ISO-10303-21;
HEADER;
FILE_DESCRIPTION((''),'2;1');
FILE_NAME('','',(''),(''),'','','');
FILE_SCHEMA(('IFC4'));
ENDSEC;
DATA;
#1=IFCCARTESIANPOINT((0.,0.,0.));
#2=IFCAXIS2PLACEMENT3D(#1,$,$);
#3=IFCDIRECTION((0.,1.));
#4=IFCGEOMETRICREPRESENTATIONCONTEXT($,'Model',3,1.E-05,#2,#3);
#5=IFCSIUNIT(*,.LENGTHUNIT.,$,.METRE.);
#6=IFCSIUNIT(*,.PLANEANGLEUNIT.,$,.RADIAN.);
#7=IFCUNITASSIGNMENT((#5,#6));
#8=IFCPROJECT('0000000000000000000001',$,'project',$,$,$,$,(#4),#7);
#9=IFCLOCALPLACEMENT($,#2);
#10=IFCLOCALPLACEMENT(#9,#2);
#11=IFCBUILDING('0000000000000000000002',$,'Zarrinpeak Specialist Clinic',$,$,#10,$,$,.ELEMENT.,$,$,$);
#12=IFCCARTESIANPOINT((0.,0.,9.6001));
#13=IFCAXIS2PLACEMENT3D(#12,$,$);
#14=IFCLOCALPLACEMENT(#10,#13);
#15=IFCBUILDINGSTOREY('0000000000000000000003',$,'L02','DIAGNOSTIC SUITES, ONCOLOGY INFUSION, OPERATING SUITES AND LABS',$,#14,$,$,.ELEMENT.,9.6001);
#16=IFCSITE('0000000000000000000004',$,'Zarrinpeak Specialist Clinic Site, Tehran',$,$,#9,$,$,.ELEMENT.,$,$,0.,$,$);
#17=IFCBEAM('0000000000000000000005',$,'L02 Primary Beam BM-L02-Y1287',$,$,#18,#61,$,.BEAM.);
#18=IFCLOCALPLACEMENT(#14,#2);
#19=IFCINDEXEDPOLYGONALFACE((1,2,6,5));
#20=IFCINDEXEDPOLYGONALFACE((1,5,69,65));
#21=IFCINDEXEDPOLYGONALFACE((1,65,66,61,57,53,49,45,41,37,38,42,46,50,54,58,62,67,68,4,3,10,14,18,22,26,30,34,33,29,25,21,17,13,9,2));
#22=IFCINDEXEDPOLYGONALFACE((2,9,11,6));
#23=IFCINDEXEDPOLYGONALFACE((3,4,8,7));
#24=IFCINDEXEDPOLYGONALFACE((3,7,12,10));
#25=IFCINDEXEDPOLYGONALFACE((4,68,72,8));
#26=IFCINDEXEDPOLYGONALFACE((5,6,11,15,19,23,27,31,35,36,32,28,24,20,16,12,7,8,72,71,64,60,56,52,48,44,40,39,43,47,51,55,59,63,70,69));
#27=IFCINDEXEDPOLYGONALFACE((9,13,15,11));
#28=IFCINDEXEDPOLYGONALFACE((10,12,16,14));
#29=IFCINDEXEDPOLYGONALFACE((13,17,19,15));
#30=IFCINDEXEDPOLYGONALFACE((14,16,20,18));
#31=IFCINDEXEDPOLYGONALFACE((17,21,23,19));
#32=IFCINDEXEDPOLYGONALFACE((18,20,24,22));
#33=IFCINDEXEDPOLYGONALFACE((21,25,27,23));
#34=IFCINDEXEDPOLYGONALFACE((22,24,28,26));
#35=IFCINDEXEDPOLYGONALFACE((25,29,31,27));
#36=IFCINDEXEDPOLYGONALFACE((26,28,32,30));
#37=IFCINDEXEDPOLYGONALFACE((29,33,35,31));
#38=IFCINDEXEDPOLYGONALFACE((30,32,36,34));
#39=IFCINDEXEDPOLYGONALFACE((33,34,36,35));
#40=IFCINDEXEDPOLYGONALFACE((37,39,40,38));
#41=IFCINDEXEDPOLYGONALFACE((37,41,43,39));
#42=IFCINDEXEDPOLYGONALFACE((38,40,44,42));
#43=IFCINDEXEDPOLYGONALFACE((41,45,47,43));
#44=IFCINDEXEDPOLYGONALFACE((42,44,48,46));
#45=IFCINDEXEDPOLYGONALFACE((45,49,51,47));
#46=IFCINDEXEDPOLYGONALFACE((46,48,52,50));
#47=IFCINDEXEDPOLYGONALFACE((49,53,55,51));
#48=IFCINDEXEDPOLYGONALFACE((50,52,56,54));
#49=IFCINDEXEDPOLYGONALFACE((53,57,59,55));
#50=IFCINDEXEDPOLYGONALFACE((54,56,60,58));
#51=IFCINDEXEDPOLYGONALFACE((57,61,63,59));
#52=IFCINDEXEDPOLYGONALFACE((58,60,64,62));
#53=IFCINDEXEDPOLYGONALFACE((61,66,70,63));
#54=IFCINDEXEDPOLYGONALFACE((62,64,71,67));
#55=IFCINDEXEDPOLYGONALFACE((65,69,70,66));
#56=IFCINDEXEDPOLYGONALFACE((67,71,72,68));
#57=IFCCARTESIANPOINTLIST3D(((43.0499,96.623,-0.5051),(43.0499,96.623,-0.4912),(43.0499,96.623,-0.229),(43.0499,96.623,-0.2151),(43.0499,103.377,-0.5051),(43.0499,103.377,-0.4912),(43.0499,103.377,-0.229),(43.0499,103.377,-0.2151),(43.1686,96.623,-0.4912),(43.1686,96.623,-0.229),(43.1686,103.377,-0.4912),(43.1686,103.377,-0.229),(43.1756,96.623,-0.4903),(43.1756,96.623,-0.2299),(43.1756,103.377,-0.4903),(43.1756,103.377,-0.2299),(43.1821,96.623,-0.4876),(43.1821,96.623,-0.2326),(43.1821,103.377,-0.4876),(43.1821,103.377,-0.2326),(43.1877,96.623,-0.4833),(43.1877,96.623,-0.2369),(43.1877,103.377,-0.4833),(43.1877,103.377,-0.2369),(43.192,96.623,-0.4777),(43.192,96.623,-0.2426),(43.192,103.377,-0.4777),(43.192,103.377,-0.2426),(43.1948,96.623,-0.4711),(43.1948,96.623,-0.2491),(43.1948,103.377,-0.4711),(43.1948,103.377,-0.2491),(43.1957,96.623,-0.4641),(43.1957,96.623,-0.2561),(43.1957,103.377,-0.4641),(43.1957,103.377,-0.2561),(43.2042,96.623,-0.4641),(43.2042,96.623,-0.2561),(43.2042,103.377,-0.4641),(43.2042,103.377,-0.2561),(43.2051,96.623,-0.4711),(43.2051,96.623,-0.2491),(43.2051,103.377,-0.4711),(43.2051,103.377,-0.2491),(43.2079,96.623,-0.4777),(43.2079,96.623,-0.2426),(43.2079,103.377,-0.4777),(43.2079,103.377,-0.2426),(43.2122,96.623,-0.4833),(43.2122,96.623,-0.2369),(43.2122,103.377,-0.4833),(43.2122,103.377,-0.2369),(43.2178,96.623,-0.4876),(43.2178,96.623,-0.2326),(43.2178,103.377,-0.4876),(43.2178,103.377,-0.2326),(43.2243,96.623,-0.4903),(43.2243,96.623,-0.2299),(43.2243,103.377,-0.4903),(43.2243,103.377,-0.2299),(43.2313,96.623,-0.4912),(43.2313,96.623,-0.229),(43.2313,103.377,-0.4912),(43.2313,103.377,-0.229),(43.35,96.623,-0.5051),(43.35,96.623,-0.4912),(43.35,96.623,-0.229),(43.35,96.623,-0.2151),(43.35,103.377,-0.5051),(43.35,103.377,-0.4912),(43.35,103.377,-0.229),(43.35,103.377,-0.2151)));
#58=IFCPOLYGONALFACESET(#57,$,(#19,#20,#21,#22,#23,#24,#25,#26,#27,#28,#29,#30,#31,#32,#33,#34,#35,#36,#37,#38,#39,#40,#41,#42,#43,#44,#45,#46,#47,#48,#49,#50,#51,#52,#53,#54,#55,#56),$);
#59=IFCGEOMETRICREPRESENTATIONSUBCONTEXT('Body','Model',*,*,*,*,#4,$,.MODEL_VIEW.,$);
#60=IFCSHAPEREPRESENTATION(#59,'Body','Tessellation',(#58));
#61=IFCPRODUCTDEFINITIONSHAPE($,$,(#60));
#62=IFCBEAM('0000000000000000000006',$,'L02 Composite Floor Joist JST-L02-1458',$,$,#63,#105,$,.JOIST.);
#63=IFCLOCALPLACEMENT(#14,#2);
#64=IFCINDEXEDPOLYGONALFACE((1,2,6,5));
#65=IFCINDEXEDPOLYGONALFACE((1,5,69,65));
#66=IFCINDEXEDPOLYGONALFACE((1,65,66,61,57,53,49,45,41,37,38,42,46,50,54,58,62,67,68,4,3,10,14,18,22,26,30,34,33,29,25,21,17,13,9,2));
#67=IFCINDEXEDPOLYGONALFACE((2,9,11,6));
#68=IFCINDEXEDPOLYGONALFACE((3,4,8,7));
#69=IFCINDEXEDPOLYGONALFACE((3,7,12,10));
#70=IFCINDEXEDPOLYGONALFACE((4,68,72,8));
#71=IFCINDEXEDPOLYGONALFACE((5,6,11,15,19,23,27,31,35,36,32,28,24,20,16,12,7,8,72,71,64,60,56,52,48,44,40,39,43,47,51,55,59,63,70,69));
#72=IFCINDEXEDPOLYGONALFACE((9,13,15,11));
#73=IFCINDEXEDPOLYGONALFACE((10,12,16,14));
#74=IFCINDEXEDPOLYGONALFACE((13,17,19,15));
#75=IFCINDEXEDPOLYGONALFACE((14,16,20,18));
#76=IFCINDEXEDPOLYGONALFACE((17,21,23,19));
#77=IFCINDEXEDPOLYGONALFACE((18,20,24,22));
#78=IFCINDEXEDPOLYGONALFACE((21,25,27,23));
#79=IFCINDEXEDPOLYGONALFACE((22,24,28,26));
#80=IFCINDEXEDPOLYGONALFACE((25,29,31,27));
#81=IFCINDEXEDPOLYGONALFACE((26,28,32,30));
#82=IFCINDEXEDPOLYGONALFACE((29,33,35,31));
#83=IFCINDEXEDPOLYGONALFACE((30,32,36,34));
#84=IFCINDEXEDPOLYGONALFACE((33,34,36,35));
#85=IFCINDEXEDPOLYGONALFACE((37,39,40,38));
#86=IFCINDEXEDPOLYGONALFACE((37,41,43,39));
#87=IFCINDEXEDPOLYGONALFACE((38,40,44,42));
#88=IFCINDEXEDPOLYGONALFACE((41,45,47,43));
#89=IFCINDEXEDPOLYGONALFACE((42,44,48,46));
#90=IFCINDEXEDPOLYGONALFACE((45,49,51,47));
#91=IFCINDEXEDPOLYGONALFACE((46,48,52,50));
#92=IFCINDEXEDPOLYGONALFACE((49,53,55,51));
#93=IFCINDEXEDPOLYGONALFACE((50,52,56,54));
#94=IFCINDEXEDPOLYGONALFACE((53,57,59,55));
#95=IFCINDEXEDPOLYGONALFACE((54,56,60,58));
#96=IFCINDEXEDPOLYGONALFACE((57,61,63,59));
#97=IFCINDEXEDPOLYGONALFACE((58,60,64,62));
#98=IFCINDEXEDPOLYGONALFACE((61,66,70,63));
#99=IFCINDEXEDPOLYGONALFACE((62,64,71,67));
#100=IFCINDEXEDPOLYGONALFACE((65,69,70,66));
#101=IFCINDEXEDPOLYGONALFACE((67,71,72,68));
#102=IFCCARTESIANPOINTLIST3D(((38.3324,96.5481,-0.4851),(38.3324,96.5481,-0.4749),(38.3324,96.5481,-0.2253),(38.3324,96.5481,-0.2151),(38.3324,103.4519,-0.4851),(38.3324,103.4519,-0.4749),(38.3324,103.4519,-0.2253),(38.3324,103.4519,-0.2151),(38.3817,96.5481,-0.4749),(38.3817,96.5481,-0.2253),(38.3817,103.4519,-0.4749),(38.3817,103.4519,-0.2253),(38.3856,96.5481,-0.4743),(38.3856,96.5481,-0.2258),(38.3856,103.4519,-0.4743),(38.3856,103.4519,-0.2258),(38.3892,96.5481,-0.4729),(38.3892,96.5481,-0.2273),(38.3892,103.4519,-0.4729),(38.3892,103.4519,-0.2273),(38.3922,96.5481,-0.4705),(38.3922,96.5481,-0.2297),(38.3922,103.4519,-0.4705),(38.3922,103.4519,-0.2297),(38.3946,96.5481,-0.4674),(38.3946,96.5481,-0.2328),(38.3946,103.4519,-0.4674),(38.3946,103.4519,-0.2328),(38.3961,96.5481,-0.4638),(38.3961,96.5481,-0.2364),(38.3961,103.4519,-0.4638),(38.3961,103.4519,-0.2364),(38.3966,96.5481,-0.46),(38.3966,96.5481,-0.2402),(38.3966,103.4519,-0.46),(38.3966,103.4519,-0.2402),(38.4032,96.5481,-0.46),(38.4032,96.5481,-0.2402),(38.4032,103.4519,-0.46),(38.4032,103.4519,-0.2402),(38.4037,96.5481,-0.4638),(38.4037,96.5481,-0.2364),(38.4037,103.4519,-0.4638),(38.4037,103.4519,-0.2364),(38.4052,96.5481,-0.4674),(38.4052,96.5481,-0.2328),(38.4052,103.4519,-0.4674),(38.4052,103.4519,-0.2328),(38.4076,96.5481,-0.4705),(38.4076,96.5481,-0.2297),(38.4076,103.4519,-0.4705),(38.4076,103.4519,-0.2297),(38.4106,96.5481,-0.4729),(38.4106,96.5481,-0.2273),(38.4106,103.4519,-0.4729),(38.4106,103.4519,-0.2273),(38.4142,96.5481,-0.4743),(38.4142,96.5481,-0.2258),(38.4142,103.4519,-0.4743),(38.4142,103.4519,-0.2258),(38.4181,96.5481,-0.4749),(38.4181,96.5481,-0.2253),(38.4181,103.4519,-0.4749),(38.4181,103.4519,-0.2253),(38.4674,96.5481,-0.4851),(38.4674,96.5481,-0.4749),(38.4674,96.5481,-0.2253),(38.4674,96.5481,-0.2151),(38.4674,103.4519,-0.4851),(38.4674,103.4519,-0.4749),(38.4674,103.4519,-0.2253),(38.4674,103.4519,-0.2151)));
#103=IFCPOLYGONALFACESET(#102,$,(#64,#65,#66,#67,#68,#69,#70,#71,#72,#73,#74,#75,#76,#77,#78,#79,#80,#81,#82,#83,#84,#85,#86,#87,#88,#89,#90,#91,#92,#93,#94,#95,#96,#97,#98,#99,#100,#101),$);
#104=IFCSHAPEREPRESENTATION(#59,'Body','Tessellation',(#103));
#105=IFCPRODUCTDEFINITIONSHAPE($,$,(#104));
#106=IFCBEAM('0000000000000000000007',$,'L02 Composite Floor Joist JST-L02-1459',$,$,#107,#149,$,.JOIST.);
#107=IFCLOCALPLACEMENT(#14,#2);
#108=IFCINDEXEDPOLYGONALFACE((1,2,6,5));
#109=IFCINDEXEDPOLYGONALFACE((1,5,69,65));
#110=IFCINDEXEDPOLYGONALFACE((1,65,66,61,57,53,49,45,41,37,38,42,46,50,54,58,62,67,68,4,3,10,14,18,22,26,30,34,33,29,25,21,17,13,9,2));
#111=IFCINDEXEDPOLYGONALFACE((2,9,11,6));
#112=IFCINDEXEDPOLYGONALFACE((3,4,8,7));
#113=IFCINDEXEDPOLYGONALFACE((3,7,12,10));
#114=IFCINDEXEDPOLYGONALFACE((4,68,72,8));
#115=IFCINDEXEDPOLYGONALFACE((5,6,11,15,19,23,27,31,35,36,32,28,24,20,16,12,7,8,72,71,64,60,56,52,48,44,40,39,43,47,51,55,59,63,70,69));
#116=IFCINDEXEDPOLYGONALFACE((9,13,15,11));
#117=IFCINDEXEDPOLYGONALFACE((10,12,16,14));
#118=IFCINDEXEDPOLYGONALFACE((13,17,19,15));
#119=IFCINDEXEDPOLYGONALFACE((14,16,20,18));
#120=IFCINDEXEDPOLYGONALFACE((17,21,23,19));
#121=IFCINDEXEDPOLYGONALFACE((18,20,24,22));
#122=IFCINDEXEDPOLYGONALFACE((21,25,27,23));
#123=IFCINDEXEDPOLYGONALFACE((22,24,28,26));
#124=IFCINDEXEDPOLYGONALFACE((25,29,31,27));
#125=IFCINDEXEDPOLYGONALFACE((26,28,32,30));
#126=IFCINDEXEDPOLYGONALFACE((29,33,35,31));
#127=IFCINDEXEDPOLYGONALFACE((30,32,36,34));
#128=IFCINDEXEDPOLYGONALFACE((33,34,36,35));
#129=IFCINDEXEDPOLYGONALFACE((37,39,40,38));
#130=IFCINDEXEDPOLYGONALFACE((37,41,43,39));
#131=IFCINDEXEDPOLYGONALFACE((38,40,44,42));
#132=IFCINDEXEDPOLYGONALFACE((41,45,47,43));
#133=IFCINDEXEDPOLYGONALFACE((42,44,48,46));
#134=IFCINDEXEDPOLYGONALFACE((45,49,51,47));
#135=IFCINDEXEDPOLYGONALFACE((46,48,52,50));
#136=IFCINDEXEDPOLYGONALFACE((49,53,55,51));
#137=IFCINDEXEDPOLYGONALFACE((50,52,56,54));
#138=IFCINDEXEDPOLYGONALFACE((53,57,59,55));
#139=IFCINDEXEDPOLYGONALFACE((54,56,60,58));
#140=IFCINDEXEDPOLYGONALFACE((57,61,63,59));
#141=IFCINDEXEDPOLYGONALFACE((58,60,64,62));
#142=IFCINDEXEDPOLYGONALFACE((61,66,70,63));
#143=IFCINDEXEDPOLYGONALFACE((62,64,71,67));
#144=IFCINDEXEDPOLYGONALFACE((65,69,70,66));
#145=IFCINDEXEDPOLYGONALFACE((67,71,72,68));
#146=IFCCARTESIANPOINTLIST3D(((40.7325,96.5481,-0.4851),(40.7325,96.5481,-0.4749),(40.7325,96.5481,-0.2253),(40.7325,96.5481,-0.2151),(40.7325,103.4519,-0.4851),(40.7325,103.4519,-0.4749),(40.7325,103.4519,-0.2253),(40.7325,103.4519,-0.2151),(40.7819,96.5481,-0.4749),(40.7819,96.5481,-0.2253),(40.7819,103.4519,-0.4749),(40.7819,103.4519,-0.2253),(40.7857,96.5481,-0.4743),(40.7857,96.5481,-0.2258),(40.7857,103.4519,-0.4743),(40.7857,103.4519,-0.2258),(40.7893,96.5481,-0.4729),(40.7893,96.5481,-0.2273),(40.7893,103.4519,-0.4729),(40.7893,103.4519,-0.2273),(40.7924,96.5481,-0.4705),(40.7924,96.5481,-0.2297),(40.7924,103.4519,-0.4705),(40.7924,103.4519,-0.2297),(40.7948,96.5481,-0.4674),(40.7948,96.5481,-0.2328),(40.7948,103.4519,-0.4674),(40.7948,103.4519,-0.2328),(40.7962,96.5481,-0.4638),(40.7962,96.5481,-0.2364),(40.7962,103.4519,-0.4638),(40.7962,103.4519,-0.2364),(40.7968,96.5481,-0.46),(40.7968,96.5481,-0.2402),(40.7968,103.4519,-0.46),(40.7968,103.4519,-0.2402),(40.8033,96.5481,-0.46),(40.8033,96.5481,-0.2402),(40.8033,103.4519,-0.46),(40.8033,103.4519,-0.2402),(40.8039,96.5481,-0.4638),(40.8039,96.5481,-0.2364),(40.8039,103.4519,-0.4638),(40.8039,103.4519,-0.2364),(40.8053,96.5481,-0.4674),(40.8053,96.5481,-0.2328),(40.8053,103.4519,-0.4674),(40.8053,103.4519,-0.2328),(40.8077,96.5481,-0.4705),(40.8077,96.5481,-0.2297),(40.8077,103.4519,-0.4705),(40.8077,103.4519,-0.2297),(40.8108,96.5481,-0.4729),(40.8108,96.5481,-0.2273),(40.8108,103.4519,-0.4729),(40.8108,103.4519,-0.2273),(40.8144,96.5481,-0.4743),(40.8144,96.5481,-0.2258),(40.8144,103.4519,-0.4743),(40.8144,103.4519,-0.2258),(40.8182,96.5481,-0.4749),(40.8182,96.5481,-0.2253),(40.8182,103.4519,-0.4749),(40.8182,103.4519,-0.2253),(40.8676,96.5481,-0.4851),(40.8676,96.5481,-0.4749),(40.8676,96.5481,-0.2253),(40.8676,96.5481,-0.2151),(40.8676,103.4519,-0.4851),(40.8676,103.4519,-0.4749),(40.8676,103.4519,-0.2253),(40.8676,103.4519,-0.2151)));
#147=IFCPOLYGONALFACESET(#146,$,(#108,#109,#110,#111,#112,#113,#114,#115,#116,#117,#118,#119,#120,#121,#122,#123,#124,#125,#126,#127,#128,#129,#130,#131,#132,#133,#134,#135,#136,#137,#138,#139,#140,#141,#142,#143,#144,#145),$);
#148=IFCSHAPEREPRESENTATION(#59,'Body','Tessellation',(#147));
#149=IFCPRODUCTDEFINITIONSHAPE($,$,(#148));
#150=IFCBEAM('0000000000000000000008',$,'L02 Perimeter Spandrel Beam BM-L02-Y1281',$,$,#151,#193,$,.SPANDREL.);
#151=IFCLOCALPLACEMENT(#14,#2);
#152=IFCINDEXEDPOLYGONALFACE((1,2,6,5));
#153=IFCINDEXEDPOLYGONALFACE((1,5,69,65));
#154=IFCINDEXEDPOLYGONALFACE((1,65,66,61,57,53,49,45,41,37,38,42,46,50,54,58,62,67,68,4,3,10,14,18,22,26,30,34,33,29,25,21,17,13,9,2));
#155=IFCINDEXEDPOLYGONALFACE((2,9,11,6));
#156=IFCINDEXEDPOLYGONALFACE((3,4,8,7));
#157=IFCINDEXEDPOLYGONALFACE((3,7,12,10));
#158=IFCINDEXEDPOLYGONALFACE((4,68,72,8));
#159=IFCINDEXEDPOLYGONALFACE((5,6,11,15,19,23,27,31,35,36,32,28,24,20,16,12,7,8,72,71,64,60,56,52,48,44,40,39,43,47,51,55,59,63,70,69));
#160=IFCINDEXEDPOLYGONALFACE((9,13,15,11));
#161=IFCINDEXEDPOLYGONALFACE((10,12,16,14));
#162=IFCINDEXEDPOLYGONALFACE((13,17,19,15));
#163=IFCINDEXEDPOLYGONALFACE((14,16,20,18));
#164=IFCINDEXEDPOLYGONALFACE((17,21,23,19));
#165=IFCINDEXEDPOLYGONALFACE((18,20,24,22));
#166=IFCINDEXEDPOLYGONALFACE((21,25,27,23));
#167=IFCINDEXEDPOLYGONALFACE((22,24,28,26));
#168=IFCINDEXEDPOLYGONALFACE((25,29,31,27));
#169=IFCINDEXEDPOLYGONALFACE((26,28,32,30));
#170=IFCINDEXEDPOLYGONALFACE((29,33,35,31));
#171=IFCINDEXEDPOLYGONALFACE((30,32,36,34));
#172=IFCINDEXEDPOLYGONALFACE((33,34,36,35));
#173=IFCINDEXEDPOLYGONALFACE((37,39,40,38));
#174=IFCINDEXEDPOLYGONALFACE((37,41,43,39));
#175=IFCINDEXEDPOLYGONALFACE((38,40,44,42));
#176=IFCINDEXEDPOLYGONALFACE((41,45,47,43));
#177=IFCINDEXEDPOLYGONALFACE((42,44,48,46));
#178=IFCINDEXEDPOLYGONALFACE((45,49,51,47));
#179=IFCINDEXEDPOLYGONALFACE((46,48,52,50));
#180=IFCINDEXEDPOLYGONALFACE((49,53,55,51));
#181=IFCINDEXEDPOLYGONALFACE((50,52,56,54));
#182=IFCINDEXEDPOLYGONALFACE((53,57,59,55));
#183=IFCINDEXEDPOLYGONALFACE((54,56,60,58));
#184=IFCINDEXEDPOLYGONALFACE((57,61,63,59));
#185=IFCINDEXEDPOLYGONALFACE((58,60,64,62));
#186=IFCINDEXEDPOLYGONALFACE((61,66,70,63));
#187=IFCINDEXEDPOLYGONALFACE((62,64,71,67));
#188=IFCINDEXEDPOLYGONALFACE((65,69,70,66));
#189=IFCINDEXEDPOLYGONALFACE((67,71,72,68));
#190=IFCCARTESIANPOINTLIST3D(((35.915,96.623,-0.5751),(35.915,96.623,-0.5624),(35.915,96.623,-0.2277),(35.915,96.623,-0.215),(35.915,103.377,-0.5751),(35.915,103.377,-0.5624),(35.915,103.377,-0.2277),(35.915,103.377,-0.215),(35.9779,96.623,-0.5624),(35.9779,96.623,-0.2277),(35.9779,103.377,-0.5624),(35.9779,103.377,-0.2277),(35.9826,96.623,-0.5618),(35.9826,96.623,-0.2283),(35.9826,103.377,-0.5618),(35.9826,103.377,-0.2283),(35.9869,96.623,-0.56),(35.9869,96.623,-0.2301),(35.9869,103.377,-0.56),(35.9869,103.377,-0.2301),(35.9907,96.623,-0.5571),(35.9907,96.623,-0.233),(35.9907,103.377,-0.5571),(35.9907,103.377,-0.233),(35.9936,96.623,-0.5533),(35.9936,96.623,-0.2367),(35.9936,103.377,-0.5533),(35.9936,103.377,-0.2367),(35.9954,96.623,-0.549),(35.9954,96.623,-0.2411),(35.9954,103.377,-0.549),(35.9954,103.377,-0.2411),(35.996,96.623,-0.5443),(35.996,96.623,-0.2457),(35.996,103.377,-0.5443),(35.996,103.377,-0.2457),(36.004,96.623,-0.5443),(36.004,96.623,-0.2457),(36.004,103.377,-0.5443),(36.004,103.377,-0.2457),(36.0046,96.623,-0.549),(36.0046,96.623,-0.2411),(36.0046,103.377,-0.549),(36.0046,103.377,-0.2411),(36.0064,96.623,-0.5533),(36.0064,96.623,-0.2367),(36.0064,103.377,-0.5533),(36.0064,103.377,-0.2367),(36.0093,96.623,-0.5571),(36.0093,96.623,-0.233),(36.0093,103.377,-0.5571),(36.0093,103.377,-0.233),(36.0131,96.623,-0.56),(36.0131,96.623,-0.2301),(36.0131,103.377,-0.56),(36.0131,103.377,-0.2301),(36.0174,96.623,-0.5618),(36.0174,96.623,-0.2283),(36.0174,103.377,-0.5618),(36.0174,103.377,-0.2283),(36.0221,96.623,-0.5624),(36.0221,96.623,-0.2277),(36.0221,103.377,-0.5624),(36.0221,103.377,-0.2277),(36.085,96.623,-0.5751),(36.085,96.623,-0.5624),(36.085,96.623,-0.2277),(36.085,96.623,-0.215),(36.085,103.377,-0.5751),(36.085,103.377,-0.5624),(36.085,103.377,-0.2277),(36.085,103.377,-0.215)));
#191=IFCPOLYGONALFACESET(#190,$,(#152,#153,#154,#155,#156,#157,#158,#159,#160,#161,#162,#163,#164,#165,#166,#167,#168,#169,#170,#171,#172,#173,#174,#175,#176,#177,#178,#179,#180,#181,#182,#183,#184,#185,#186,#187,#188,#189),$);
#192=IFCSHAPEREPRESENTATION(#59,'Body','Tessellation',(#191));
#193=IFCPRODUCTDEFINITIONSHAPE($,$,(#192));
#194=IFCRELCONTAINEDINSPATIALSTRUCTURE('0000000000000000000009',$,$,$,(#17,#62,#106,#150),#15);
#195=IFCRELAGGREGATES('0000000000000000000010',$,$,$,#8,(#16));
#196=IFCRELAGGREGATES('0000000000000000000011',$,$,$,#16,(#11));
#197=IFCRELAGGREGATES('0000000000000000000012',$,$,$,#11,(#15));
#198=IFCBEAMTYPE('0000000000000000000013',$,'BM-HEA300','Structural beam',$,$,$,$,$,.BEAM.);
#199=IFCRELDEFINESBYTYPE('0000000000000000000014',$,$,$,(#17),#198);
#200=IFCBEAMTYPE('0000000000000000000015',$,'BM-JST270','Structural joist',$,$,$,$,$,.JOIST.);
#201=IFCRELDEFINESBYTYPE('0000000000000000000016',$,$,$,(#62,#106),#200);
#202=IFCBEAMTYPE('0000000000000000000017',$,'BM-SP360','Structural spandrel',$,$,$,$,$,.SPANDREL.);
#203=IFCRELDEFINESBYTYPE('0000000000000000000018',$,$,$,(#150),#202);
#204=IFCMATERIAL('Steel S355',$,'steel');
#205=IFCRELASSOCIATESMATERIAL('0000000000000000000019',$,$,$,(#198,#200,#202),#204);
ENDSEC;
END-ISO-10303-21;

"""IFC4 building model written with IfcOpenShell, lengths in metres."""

from ifc_helpers import new_model, si_unit, direction, frame, origin, origin_2d, place, context, subcontext, project, spatial, i_section, extrude, material, material_profile, profile_set, type_object, element, save


model = new_model("IFC4")

# Units and contexts
model_context = context("Model", 3, precision=1e-05, world=origin(), true_north=direction((0.0, 1.0)))
body_context = subcontext(model_context, "Body", "Model", "MODEL_VIEW")
ifc_project = project(units=[si_unit("LENGTHUNIT", "METRE"), si_unit("PLANEANGLEUNIT", "RADIAN")], contexts=[model_context])

# Site, building, storey
site_placement = place(None, origin())
site = spatial("IfcSite", under=ifc_project, at=site_placement, Name="Zarrinpeak Specialist Clinic Site, Tehran", CompositionType="ELEMENT", RefElevation=0.0)
building_placement = place(site_placement, origin())
building = spatial("IfcBuilding", under=site, at=building_placement, Name="Zarrinpeak Specialist Clinic", CompositionType="ELEMENT")
storey_placement = place(building_placement, frame((0.0, 0.0, 9.6001)))
storey = spatial("IfcBuildingStorey", under=building, at=storey_placement, Name="L02", Description="DIAGNOSTIC SUITES, ONCOLOGY INFUSION, OPERATING SUITES AND LABS", CompositionType="ELEMENT", Elevation=9.6001)

# Shared definitions
ifc_material_1 = material(Name="Steel S355", Category="steel")

# Beams
ifc_material_profile_1 = material_profile(ifc_material_1, i_section(OverallWidth=0.3, OverallDepth=0.29, WebThickness=0.0085, FlangeThickness=0.0139, FilletRadius=0.0271, at=origin_2d()), Name="HEA 300")
ifc_profile_set_1 = profile_set([ifc_material_profile_1], Name="Steel S355")
beam_type_1 = type_object("IfcBeamType", Name="BM-HEA300", Description="Structural beam", PredefinedType="BEAM", material=ifc_profile_set_1)
beam_1_placement = place(storey_placement, frame((43.2, 96.623, -0.3601), z_axis=(0.0, 1.0, 0.0), x_axis=(-1.0, 0.0, 0.0)))
element("IfcBeam", 1, at=beam_1_placement, inside=storey, type_object=beam_type_1, Name="L02 Primary Beam BM-L02-Y1287", PredefinedType="BEAM", context=body_context, shape_type="SweptSolid", body=[
    extrude(i_section(OverallWidth=0.3, OverallDepth=0.29, WebThickness=0.0085, FlangeThickness=0.0139, FilletRadius=0.0271, at=origin_2d()), origin(), (0.0, 0.0, 1.0), 6.7539),
])
ifc_material_profile_2 = material_profile(ifc_material_1, i_section(OverallWidth=0.135, OverallDepth=0.27, WebThickness=0.0066, FlangeThickness=0.0103, FilletRadius=0.0149, at=origin_2d()), Name="IPE 270")
ifc_profile_set_2 = profile_set([ifc_material_profile_2], Name="Steel S355")
beam_type_2 = type_object("IfcBeamType", Name="BM-JST270", Description="Structural joist", PredefinedType="JOIST", material=ifc_profile_set_2)
for number, where, z_axis, x_axis, name in (
    (2, (38.3999, 96.5481, -0.3501), (0.0, 1.0, 0.0), (-1.0, 0.0, 0.0), "L02 Composite Floor Joist JST-L02-1458"),
    (3, (40.8, 96.5481, -0.3501), (0.0, 1.0, 0.0), (-1.0, 0.0, 0.0), "L02 Composite Floor Joist JST-L02-1459"),
):
    element("IfcBeam", number, at=place(storey_placement, frame(where, z_axis=z_axis, x_axis=x_axis)), inside=storey, type_object=beam_type_2, Name=name, PredefinedType="JOIST", context=body_context, shape_type="SweptSolid", body=[
        extrude(i_section(OverallWidth=0.135, OverallDepth=0.27, WebThickness=0.0066, FlangeThickness=0.0103, FilletRadius=0.0149, at=origin_2d()), origin(), (0.0, 0.0, 1.0), 6.9038),
    ])
ifc_material_profile_3 = material_profile(ifc_material_1, i_section(OverallWidth=0.1699, OverallDepth=0.3601, WebThickness=0.0081, FlangeThickness=0.0127, FilletRadius=0.0181, at=origin_2d()), Name="IPE 360")
ifc_profile_set_3 = profile_set([ifc_material_profile_3], Name="Steel S355")
beam_type_3 = type_object("IfcBeamType", Name="BM-SP360", Description="Structural spandrel", PredefinedType="SPANDREL", material=ifc_profile_set_3)
beam_2_placement = place(storey_placement, frame((36.0, 96.623, -0.395), z_axis=(0.0, 1.0, 0.0), x_axis=(-1.0, 0.0, 0.0)))
element("IfcBeam", 4, at=beam_2_placement, inside=storey, type_object=beam_type_3, Name="L02 Perimeter Spandrel Beam BM-L02-Y1281", PredefinedType="SPANDREL", context=body_context, shape_type="SweptSolid", body=[
    extrude(i_section(OverallWidth=0.1699, OverallDepth=0.3601, WebThickness=0.0081, FlangeThickness=0.0127, FilletRadius=0.0181, at=origin_2d()), origin(), (0.0, 0.0, 1.0), 6.7539),
])

save(model, "model.ifc")
